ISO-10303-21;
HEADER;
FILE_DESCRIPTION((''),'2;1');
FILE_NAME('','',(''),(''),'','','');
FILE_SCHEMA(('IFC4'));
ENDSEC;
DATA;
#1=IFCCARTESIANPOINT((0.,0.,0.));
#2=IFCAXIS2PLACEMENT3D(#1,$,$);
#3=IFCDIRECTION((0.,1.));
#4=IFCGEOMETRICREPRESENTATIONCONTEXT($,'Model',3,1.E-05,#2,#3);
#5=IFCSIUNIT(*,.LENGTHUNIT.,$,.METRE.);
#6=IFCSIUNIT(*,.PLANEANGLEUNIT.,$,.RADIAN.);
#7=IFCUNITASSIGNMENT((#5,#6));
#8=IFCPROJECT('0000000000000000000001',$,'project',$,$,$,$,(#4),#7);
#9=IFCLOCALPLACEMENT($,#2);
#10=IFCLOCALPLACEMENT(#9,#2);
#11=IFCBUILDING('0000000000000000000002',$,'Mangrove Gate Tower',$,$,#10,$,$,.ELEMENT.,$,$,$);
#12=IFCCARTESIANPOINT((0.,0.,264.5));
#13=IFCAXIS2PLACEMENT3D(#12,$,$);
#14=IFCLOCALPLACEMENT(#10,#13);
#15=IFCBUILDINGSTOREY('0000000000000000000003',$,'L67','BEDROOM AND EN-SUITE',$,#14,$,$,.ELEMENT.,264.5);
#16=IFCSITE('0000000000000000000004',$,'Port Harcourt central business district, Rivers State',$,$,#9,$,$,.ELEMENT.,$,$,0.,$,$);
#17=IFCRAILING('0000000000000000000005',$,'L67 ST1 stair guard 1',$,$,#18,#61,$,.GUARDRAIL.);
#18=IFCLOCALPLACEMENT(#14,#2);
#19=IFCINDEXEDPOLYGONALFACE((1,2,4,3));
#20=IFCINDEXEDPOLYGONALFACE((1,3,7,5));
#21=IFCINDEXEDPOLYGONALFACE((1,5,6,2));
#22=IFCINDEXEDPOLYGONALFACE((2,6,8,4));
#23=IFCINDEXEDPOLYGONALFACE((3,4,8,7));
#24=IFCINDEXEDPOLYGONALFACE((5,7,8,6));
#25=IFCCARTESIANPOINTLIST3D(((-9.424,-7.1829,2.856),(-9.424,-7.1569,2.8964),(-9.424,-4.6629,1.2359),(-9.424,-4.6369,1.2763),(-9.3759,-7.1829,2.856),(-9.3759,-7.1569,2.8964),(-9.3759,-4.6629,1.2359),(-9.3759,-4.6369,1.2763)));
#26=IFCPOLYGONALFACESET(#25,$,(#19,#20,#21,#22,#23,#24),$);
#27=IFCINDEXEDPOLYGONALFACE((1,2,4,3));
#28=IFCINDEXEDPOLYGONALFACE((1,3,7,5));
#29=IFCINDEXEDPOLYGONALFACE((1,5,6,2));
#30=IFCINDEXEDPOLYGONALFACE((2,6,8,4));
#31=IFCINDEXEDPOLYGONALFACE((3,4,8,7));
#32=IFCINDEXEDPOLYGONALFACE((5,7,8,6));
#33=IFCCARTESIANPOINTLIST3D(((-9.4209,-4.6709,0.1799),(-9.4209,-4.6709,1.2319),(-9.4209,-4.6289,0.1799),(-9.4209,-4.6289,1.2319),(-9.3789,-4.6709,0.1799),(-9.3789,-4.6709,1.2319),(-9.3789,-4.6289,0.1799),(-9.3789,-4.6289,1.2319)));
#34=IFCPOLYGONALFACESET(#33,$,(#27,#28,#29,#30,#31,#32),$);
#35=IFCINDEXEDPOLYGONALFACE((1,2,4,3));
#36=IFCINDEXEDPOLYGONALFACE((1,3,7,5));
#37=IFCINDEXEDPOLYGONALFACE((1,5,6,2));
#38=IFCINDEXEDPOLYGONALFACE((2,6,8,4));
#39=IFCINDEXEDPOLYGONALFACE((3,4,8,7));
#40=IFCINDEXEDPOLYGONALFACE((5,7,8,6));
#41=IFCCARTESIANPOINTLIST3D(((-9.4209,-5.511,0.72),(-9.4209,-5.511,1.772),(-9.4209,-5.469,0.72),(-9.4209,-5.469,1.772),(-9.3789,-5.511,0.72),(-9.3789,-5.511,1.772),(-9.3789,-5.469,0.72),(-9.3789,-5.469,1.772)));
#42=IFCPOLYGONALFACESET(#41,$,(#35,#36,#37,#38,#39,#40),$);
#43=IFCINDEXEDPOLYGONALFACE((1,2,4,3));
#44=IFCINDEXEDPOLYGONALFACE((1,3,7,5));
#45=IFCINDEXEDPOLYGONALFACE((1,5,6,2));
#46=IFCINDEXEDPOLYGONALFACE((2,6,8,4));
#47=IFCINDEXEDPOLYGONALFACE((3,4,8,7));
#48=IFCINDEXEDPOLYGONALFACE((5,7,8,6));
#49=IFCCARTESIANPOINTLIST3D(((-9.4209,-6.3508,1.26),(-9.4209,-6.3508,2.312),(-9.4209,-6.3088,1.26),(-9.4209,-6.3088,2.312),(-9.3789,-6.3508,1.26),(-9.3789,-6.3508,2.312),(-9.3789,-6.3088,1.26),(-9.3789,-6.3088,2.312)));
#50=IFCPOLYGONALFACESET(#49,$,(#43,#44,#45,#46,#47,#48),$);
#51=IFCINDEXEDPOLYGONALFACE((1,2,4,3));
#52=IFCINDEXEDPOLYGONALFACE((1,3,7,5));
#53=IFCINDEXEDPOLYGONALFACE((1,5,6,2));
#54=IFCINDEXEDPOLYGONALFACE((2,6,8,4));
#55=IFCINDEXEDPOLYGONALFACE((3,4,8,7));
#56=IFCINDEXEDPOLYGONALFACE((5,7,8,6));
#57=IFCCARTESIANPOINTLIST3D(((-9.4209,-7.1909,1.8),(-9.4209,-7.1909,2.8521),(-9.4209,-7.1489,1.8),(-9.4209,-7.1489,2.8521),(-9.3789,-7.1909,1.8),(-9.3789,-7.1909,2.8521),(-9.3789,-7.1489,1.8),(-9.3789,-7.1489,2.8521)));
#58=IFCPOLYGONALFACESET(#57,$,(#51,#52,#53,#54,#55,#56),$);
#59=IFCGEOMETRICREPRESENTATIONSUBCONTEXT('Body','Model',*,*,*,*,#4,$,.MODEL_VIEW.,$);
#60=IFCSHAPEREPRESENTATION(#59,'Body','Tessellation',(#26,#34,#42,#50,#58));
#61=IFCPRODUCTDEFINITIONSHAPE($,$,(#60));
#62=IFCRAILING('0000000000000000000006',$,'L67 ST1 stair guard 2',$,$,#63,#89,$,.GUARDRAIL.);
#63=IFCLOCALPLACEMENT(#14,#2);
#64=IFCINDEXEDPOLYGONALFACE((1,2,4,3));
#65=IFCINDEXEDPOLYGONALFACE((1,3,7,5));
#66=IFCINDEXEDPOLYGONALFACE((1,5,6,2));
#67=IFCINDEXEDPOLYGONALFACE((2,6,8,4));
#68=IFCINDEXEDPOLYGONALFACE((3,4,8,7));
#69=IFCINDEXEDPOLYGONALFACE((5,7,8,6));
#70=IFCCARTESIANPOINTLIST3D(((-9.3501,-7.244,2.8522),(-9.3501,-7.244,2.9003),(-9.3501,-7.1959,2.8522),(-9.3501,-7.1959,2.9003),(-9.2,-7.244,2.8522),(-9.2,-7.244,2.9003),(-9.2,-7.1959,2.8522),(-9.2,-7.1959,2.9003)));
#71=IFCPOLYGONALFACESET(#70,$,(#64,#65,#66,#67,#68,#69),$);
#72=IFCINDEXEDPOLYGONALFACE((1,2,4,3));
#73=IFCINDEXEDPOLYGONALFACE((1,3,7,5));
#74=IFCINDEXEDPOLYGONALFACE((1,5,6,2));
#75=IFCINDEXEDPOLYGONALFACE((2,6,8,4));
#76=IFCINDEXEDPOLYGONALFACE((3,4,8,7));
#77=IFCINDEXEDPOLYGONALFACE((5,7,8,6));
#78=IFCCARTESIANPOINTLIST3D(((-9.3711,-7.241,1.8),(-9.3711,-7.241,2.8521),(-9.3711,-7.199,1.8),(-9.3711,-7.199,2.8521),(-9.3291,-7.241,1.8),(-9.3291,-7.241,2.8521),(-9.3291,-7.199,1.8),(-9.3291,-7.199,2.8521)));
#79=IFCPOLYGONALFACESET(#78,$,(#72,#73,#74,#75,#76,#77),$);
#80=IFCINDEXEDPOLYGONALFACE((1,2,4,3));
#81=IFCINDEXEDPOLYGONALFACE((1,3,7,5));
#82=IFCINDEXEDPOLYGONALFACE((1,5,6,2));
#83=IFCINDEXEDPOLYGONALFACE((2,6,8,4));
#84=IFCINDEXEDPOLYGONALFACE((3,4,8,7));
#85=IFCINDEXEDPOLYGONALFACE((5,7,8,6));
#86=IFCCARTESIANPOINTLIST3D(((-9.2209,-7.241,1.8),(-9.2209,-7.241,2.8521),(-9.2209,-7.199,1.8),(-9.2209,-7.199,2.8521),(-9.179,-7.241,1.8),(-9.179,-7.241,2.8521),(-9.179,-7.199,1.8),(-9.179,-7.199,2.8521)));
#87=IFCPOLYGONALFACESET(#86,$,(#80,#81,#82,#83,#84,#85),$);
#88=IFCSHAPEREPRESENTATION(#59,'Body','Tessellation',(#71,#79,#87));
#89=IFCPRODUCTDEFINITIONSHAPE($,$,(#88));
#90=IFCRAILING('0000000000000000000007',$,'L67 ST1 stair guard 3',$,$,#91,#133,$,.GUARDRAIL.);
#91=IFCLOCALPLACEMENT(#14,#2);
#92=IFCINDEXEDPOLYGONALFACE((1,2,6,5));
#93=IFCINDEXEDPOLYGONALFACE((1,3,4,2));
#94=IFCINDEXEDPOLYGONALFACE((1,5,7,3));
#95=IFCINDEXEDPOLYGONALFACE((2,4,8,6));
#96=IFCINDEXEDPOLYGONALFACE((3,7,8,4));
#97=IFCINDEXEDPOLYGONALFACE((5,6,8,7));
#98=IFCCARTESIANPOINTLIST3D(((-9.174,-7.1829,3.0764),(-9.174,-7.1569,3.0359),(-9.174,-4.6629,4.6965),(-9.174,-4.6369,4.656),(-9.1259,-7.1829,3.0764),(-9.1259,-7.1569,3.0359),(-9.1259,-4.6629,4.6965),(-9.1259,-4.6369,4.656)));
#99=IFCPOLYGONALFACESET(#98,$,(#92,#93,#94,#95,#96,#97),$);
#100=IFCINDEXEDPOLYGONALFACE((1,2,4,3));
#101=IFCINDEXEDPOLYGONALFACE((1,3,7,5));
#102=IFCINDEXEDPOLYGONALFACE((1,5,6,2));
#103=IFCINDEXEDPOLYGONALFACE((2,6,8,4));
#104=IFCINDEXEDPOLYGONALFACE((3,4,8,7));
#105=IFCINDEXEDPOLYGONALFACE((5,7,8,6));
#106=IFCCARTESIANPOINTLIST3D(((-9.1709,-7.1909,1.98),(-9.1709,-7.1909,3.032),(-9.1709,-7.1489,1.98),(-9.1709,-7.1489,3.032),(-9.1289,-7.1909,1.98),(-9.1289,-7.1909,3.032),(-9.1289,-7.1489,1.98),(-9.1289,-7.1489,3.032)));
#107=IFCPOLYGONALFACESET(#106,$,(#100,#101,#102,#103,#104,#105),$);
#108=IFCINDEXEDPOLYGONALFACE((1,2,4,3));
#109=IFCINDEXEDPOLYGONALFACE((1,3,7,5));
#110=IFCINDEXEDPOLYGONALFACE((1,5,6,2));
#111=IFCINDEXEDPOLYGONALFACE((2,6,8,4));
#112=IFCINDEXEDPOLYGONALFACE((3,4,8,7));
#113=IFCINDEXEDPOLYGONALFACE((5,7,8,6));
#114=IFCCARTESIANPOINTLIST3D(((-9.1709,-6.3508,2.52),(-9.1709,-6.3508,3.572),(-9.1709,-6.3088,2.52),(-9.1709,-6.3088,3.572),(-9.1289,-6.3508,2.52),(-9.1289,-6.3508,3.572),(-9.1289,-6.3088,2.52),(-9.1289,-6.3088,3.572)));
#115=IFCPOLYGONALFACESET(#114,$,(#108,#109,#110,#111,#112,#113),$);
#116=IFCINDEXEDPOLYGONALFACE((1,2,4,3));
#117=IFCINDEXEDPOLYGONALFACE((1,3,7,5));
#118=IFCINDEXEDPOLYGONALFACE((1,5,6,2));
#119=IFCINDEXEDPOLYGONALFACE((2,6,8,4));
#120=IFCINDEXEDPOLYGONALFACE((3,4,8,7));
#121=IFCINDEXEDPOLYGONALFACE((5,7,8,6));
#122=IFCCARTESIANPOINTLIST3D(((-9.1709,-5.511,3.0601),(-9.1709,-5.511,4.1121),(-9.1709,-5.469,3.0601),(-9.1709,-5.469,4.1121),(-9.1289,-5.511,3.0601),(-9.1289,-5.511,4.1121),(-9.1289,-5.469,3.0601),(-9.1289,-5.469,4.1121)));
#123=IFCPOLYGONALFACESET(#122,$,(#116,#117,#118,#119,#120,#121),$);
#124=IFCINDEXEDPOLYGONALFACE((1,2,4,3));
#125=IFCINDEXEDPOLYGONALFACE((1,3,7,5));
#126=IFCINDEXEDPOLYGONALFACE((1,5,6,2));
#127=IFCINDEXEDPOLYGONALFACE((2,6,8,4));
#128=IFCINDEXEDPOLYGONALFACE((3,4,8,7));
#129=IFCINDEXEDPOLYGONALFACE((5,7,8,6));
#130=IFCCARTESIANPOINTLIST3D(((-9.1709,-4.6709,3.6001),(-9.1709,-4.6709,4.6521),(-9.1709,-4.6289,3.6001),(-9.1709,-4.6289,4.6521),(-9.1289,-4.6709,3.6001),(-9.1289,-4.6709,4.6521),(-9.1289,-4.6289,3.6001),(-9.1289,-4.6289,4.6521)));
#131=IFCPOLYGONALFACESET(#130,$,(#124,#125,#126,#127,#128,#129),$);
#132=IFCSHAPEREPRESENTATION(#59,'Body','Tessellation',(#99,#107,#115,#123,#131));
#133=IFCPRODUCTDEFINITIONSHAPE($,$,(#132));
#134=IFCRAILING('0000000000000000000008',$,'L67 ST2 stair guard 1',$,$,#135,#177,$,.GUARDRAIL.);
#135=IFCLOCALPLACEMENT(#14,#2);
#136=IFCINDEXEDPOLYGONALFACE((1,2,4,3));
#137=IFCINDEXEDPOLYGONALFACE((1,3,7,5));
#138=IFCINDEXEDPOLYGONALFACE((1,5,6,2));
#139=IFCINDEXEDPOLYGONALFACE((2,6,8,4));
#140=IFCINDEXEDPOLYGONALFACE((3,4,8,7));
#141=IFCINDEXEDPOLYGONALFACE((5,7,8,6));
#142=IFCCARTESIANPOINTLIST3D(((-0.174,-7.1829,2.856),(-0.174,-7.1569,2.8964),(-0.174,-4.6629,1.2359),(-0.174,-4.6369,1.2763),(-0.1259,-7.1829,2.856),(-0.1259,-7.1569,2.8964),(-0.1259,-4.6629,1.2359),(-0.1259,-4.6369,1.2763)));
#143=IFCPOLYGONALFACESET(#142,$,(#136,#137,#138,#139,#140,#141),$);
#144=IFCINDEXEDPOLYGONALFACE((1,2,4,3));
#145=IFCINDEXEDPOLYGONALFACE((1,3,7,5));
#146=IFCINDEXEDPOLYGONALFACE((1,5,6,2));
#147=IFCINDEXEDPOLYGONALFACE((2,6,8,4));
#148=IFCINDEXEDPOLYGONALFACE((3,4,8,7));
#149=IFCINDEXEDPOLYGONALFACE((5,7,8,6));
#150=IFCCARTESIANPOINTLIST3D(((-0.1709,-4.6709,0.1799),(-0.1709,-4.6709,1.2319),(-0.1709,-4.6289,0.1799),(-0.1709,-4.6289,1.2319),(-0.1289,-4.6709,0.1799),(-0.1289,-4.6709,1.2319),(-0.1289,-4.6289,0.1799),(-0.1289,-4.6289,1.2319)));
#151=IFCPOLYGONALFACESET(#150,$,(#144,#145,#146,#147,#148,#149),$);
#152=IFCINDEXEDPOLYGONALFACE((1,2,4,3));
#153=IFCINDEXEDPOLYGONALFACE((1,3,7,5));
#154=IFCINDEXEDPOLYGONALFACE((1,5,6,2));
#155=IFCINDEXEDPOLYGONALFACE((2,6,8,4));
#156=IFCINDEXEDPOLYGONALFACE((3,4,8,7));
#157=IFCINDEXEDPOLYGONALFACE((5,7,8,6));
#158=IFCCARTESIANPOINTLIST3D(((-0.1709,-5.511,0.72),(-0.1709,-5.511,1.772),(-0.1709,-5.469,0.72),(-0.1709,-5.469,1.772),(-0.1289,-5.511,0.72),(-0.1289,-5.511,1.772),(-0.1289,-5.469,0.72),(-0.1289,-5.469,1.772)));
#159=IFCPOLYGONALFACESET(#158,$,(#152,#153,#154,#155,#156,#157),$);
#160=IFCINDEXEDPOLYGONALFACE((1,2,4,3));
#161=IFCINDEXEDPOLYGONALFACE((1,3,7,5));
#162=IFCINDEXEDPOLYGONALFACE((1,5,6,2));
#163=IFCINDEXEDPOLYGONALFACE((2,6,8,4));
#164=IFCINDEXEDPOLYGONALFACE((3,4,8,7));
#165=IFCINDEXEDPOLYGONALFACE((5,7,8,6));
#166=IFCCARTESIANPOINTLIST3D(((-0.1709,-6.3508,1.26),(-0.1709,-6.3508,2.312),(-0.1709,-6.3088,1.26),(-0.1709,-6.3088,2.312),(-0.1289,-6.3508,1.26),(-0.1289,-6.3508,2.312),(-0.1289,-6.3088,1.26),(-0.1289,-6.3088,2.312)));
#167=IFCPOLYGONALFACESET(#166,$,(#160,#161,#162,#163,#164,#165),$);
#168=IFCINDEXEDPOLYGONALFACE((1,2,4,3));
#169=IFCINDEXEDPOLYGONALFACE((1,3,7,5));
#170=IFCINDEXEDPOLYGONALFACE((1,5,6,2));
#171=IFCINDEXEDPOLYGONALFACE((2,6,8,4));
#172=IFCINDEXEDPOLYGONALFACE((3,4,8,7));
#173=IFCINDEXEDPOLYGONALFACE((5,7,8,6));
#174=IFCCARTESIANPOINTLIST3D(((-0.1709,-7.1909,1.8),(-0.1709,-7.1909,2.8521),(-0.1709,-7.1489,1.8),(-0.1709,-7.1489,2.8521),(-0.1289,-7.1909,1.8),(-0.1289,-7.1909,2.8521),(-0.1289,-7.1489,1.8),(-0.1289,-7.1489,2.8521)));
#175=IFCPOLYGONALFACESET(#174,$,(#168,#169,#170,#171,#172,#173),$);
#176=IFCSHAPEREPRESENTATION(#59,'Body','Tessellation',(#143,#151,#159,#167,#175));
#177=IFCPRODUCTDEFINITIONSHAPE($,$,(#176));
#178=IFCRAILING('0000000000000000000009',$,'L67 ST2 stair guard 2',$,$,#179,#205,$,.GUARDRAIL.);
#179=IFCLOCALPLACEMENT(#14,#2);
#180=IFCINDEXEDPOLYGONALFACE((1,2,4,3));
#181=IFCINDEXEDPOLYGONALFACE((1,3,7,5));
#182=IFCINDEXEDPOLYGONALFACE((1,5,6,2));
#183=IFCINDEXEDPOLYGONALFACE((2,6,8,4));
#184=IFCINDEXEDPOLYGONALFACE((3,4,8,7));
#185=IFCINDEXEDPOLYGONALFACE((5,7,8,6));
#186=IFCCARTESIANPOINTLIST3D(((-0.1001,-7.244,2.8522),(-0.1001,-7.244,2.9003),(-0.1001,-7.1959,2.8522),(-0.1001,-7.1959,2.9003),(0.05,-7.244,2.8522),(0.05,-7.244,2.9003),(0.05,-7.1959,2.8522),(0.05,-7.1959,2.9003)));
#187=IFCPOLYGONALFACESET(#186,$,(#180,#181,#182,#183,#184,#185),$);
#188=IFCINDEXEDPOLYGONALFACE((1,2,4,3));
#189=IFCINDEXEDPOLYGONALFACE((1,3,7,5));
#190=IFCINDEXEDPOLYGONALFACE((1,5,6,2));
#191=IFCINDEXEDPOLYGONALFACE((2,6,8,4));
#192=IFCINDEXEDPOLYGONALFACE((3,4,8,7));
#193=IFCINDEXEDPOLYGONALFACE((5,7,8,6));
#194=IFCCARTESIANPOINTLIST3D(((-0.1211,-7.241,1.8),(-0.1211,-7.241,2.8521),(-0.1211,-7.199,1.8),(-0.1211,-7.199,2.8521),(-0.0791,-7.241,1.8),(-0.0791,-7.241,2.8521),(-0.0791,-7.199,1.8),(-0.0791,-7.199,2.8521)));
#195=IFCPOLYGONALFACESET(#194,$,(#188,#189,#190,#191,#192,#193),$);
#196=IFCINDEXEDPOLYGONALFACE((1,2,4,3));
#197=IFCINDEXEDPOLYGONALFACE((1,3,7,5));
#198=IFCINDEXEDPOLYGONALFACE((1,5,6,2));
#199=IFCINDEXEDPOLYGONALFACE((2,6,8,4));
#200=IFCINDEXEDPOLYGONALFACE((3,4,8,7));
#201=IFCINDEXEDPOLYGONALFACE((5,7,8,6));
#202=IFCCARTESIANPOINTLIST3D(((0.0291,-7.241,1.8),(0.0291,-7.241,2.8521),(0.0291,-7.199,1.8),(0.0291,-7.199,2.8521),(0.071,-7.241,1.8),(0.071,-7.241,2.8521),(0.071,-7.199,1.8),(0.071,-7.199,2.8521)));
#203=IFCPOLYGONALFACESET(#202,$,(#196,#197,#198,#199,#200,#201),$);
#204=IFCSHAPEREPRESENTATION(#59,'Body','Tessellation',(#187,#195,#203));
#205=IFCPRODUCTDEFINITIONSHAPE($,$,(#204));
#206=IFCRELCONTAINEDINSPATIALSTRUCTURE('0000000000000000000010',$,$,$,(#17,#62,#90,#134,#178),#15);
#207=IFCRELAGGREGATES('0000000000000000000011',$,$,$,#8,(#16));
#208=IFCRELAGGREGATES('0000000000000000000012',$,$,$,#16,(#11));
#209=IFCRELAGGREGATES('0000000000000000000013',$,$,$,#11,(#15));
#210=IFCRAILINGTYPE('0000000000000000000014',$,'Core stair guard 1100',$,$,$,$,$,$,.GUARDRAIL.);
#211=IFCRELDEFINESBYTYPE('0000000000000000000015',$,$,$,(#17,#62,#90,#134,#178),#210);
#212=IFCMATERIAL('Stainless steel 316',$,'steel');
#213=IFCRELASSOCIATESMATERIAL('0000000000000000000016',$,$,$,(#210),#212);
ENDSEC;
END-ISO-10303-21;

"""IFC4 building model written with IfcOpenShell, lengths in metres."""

from ifc_helpers import new_model, si_unit, direction, frame, origin, origin_2d, place, context, subcontext, project, spatial, rectangle, extrude, material, type_object, element, save


model = new_model("IFC4")

# Units and contexts
model_context = context("Model", 3, precision=1e-05, world=origin(), true_north=direction((0.0, 1.0)))
body_context = subcontext(model_context, "Body", "Model", "MODEL_VIEW")
ifc_project = project(units=[si_unit("LENGTHUNIT", "METRE"), si_unit("PLANEANGLEUNIT", "RADIAN")], contexts=[model_context])

# Site, building, storey
site_placement = place(None, origin())
site = spatial("IfcSite", under=ifc_project, at=site_placement, Name="Port Harcourt central business district, Rivers State", CompositionType="ELEMENT", RefElevation=0.0)
building_placement = place(site_placement, origin())
building = spatial("IfcBuilding", under=site, at=building_placement, Name="Mangrove Gate Tower", CompositionType="ELEMENT")
storey_placement = place(building_placement, frame((0.0, 0.0, 264.5)))
storey = spatial("IfcBuildingStorey", under=building, at=storey_placement, Name="L67", Description="BEDROOM AND EN-SUITE", CompositionType="ELEMENT", Elevation=264.5)

# Railings
ifc_material_1 = material(Name="Stainless steel 316", Category="steel")
railing_type_1 = type_object("IfcRailingType", Name="Core stair guard 1100", PredefinedType="GUARDRAIL", material=ifc_material_1)
railing_1_placement = place(storey_placement, frame((-9.3999, -4.6499, 0.1799)))
element("IfcRailing", 1, at=railing_1_placement, inside=storey, type_object=railing_type_1, Name="L67 ST1 stair guard 1", PredefinedType="GUARDRAIL", context=body_context, shape_type="SweptSolid", body=[
    extrude(rectangle(XDim=0.0481, YDim=0.0481, at=origin_2d()), frame((0.0, 0.0, 1.0762), z_axis=(0.0, -0.841163, 0.540782), x_axis=(1.0, 0.0, 0.0)), (0.0, 0.0, 1.0), 2.9958),
    extrude(rectangle(XDim=0.042, YDim=0.042, at=origin_2d()), origin(), (0.0, 0.0, 1.0), 1.052),
    extrude(rectangle(XDim=0.042, YDim=0.042, at=origin_2d()), frame((0.0, -0.8401, 0.54)), (0.0, 0.0, 1.0), 1.052),
    extrude(rectangle(XDim=0.042, YDim=0.042, at=origin_2d()), frame((0.0, -1.6799, 1.0801)), (0.0, 0.0, 1.0), 1.052),
    extrude(rectangle(XDim=0.042, YDim=0.042, at=origin_2d()), frame((0.0, -2.52, 1.6201)), (0.0, 0.0, 1.0), 1.052),
])
railing_2_placement = place(storey_placement, frame((-9.3501, -7.22, 1.8)))
element("IfcRailing", 2, at=railing_2_placement, inside=storey, type_object=railing_type_1, Name="L67 ST1 stair guard 2", PredefinedType="GUARDRAIL", context=body_context, shape_type="SweptSolid", body=[
    extrude(rectangle(XDim=0.0481, YDim=0.0481, at=origin_2d()), frame((0.0, 0.0, 1.0762), z_axis=(1.0, 0.0, 0.0), x_axis=(0.0, 1.0, 0.0)), (0.0, 0.0, 1.0), 0.1501),
    extrude(rectangle(XDim=0.042, YDim=0.042, at=origin_2d()), origin(), (0.0, 0.0, 1.0), 1.052),
    extrude(rectangle(XDim=0.042, YDim=0.042, at=origin_2d()), frame((0.1501, 0.0, 0.0)), (0.0, 0.0, 1.0), 1.052),
])
railing_3_placement = place(storey_placement, frame((-9.1499, -7.1699, 1.98)))
element("IfcRailing", 3, at=railing_3_placement, inside=storey, type_object=railing_type_1, Name="L67 ST1 stair guard 3", PredefinedType="GUARDRAIL", context=body_context, shape_type="SweptSolid", body=[
    extrude(rectangle(XDim=0.0481, YDim=0.0481, at=origin_2d()), frame((0.0, 0.0, 1.0762), z_axis=(0.0, 0.841163, 0.540782), x_axis=(-1.0, 0.0, 0.0)), (0.0, 0.0, 1.0), 2.9958),
    extrude(rectangle(XDim=0.042, YDim=0.042, at=origin_2d()), origin(), (0.0, 0.0, 1.0), 1.052),
    extrude(rectangle(XDim=0.042, YDim=0.042, at=origin_2d()), frame((0.0, 0.8401, 0.54)), (0.0, 0.0, 1.0), 1.052),
    extrude(rectangle(XDim=0.042, YDim=0.042, at=origin_2d()), frame((0.0, 1.6799, 1.0801)), (0.0, 0.0, 1.0), 1.052),
    extrude(rectangle(XDim=0.042, YDim=0.042, at=origin_2d()), frame((0.0, 2.52, 1.6201)), (0.0, 0.0, 1.0), 1.052),
])
railing_4_placement = place(storey_placement, frame((-0.1499, -4.6499, 0.1799)))
element("IfcRailing", 4, at=railing_4_placement, inside=storey, type_object=railing_type_1, Name="L67 ST2 stair guard 1", PredefinedType="GUARDRAIL", context=body_context, shape_type="SweptSolid", body=[
    extrude(rectangle(XDim=0.0481, YDim=0.0481, at=origin_2d()), frame((0.0, 0.0, 1.0762), z_axis=(0.0, -0.841163, 0.540782), x_axis=(1.0, 0.0, 0.0)), (0.0, 0.0, 1.0), 2.9958),
    extrude(rectangle(XDim=0.042, YDim=0.042, at=origin_2d()), origin(), (0.0, 0.0, 1.0), 1.052),
    extrude(rectangle(XDim=0.042, YDim=0.042, at=origin_2d()), frame((0.0, -0.8401, 0.54)), (0.0, 0.0, 1.0), 1.052),
    extrude(rectangle(XDim=0.042, YDim=0.042, at=origin_2d()), frame((0.0, -1.6799, 1.0801)), (0.0, 0.0, 1.0), 1.052),
    extrude(rectangle(XDim=0.042, YDim=0.042, at=origin_2d()), frame((0.0, -2.52, 1.6201)), (0.0, 0.0, 1.0), 1.052),
])
railing_5_placement = place(storey_placement, frame((-0.1001, -7.22, 1.8)))
element("IfcRailing", 5, at=railing_5_placement, inside=storey, type_object=railing_type_1, Name="L67 ST2 stair guard 2", PredefinedType="GUARDRAIL", context=body_context, shape_type="SweptSolid", body=[
    extrude(rectangle(XDim=0.0481, YDim=0.0481, at=origin_2d()), frame((0.0, 0.0, 1.0762), z_axis=(1.0, 0.0, 0.0), x_axis=(0.0, 1.0, 0.0)), (0.0, 0.0, 1.0), 0.1501),
    extrude(rectangle(XDim=0.042, YDim=0.042, at=origin_2d()), origin(), (0.0, 0.0, 1.0), 1.052),
    extrude(rectangle(XDim=0.042, YDim=0.042, at=origin_2d()), frame((0.1501, 0.0, 0.0)), (0.0, 0.0, 1.0), 1.052),
])

save(model, "model.ifc")
